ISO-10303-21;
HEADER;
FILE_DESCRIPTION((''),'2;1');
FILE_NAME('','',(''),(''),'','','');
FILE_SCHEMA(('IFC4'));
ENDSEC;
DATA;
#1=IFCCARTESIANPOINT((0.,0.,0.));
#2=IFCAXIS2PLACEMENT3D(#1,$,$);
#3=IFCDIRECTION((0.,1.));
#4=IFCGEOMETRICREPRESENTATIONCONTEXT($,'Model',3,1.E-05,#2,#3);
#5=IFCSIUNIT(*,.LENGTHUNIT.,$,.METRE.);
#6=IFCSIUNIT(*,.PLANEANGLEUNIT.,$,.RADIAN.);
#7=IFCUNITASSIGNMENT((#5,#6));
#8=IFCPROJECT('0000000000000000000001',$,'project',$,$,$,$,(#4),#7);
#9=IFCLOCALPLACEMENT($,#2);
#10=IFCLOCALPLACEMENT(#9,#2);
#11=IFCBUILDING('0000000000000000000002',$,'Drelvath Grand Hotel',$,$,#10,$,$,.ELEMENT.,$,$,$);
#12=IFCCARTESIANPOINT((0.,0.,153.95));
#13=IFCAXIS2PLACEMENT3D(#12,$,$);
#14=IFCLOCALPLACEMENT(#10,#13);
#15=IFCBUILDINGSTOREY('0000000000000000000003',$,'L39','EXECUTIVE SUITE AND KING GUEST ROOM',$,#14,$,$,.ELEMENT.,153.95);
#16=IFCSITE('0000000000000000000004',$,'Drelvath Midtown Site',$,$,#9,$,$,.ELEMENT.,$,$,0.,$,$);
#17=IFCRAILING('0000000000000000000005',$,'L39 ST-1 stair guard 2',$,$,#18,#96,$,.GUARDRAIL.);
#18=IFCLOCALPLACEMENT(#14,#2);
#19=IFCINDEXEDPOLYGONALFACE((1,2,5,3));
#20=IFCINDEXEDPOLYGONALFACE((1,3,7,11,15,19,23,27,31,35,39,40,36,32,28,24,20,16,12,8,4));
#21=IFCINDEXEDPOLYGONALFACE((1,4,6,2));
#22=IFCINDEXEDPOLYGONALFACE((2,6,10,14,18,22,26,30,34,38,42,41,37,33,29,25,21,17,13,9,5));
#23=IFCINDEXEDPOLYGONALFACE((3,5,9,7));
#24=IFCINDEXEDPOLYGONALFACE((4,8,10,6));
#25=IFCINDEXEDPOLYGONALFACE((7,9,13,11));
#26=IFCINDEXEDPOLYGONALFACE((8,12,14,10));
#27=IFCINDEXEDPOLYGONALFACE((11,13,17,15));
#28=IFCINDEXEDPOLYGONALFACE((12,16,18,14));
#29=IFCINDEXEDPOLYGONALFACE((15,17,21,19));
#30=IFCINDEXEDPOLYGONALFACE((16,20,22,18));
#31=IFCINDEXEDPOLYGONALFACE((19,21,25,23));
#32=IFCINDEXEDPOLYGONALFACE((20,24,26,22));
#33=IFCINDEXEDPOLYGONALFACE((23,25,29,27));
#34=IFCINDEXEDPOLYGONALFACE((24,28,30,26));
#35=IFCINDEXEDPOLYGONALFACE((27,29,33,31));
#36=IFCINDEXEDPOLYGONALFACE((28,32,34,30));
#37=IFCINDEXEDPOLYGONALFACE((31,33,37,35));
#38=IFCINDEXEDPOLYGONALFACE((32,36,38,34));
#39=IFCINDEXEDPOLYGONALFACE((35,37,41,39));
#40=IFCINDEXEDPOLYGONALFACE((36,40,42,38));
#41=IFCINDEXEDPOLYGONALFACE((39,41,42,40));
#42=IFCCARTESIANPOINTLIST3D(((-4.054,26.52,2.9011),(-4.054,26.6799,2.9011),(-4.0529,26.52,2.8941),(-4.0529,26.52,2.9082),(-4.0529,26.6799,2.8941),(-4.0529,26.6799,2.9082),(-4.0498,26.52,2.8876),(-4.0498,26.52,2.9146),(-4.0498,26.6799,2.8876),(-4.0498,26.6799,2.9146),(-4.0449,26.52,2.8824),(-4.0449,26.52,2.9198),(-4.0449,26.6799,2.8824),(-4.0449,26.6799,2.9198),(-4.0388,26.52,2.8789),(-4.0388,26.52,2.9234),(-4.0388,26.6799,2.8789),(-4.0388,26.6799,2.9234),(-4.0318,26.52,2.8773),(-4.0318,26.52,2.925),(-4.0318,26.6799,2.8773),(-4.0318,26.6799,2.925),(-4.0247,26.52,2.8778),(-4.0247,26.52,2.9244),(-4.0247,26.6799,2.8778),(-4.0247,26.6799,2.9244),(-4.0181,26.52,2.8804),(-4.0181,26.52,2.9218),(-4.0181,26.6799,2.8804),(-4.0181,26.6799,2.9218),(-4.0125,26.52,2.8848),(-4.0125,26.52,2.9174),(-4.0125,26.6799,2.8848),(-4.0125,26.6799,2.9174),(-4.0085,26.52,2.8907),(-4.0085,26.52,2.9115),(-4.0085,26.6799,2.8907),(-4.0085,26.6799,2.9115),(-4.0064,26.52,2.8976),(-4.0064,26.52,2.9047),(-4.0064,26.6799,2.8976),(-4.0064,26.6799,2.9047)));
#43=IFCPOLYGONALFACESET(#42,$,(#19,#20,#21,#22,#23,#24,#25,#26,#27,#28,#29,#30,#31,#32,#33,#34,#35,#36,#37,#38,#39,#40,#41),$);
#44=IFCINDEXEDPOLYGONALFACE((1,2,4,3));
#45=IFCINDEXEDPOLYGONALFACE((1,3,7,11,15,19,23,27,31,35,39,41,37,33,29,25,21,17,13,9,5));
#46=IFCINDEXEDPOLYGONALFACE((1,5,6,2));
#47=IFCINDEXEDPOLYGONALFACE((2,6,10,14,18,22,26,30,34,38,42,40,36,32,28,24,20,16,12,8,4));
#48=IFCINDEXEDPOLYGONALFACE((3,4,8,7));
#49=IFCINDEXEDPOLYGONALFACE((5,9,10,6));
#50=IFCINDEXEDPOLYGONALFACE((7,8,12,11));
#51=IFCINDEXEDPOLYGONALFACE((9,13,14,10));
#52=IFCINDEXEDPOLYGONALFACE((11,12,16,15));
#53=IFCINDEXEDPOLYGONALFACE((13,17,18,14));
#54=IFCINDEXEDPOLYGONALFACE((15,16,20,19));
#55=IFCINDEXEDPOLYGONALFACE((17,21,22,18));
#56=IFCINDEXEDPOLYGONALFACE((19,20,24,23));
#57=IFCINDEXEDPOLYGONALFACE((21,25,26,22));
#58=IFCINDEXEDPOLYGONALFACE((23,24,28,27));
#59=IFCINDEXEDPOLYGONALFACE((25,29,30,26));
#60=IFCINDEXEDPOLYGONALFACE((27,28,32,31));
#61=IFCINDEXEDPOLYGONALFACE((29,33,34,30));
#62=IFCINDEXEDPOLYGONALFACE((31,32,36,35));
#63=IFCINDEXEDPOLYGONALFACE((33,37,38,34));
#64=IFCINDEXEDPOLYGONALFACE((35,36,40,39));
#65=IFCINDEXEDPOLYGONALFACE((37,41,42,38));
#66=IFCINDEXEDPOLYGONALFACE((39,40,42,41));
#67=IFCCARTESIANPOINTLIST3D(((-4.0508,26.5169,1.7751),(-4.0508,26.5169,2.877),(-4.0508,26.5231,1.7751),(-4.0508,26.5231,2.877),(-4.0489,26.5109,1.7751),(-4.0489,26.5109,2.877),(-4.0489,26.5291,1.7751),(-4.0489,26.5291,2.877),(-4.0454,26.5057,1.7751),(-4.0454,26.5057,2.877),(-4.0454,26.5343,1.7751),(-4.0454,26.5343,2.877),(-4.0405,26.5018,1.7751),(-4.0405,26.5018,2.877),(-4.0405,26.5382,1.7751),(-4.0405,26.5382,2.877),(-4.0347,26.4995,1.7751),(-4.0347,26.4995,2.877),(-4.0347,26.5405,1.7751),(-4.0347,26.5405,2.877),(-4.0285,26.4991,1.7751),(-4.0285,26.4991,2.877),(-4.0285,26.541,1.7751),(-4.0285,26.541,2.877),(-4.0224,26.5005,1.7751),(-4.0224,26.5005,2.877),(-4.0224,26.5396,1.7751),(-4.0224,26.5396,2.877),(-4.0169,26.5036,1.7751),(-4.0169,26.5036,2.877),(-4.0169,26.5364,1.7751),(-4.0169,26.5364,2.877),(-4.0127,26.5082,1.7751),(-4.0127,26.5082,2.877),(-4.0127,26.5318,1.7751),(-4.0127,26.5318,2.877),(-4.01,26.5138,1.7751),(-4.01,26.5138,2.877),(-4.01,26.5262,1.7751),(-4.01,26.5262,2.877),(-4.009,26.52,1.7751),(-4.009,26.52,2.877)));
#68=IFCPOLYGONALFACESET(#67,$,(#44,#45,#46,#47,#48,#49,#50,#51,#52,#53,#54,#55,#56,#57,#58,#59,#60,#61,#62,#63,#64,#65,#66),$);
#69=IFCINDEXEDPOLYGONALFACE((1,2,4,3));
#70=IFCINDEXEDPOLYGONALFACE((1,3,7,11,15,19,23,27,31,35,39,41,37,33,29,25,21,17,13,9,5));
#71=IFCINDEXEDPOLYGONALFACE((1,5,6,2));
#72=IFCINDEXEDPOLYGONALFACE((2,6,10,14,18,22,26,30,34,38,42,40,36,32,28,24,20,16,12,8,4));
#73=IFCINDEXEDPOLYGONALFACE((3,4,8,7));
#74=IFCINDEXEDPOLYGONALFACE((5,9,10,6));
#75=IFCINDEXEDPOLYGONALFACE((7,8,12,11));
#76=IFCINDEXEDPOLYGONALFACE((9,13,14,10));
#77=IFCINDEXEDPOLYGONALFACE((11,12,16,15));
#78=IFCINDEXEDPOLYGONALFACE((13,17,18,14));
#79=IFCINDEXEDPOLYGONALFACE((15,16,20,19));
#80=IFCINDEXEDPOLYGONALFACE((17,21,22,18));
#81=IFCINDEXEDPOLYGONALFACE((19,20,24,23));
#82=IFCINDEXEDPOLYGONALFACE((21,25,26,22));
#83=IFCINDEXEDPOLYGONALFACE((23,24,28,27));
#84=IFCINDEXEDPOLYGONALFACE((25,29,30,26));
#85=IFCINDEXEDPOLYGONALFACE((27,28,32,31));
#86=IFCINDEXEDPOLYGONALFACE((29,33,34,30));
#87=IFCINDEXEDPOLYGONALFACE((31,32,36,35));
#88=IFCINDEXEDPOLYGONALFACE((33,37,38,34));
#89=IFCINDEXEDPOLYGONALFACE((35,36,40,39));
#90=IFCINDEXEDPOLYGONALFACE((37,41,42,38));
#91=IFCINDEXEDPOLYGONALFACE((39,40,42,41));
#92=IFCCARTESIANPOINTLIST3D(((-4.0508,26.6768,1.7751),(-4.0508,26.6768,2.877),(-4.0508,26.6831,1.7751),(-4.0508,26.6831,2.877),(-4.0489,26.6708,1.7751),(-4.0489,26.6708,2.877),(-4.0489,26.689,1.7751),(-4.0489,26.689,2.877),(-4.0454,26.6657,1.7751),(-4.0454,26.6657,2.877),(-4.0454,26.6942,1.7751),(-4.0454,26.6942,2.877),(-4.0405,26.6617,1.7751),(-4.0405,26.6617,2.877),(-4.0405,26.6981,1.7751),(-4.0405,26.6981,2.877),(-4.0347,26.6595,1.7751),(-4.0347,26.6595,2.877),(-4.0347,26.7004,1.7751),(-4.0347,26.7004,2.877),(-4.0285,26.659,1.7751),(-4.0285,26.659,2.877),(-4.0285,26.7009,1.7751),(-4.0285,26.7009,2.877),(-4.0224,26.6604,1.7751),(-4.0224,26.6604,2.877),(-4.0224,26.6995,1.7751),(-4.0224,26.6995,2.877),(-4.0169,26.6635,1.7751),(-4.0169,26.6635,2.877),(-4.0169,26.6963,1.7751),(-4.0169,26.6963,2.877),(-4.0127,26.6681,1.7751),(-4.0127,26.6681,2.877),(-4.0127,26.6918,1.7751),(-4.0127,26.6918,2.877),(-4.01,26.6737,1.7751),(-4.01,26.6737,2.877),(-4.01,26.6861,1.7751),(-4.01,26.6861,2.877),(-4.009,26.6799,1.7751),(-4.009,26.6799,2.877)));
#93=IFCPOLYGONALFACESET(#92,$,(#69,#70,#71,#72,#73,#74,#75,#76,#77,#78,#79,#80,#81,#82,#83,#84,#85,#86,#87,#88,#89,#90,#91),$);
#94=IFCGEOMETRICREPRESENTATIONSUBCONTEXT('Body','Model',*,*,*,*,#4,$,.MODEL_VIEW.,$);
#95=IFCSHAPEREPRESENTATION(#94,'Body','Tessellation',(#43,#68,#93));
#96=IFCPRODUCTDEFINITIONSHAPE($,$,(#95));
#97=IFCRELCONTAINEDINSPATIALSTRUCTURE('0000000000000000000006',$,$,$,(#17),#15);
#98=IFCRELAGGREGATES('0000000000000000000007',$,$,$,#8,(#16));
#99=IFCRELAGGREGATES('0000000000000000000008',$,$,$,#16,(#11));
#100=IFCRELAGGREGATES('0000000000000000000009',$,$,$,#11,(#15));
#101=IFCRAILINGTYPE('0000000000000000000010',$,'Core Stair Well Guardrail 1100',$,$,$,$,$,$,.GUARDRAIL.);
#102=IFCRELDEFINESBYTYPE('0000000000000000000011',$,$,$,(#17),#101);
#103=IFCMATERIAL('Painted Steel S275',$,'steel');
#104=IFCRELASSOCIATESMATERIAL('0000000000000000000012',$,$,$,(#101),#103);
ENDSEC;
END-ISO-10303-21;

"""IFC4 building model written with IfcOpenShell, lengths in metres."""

from ifc_helpers import new_model, si_unit, direction, frame, origin, origin_2d, place, context, subcontext, project, spatial, circle, extrude, material, type_object, element, save


model = new_model("IFC4")

# Units and contexts
model_context = context("Model", 3, precision=1e-05, world=origin(), true_north=direction((0.0, 1.0)))
body_context = subcontext(model_context, "Body", "Model", "MODEL_VIEW")
ifc_project = project(units=[si_unit("LENGTHUNIT", "METRE"), si_unit("PLANEANGLEUNIT", "RADIAN")], contexts=[model_context])

# Site, building, storey
site_placement = place(None, origin())
site = spatial("IfcSite", under=ifc_project, at=site_placement, Name="Drelvath Midtown Site", CompositionType="ELEMENT", RefElevation=0.0)
building_placement = place(site_placement, origin())
building = spatial("IfcBuilding", under=site, at=building_placement, Name="Drelvath Grand Hotel", CompositionType="ELEMENT")
storey_placement = place(building_placement, frame((0.0, 0.0, 153.95)))
storey = spatial("IfcBuildingStorey", under=building, at=storey_placement, Name="L39", Description="EXECUTIVE SUITE AND KING GUEST ROOM", CompositionType="ELEMENT", Elevation=153.95)

# Shared definitions
ifc_material_1 = material(Name="Painted Steel S275", Category="steel")

# Railing
railing_type_1 = type_object("IfcRailingType", Name="Core Stair Well Guardrail 1100", PredefinedType="GUARDRAIL", material=ifc_material_1)
railing_1_placement = place(storey_placement, frame((-4.03, 26.52, 1.7751)))
element("IfcRailing", 1, at=railing_1_placement, inside=storey, type_object=railing_type_1, Name="L39 ST-1 stair guard 2", PredefinedType="GUARDRAIL", context=body_context, shape_type="SweptSolid", body=[
    extrude(circle(Radius=0.0239, at=origin_2d()), frame((0.0, 0.0, 1.126), z_axis=(0.0, 1.0, 0.0), x_axis=(-1.0, 0.0, 0.0)), (0.0, 0.0, 1.0), 0.1599),
    extrude(circle(Radius=0.021, at=origin_2d()), origin(), (0.0, 0.0, 1.0), 1.1018),
    extrude(circle(Radius=0.021, at=origin_2d()), frame((0.0, 0.1599, 0.0)), (0.0, 0.0, 1.0), 1.1018),
])

save(model, "model.ifc")
